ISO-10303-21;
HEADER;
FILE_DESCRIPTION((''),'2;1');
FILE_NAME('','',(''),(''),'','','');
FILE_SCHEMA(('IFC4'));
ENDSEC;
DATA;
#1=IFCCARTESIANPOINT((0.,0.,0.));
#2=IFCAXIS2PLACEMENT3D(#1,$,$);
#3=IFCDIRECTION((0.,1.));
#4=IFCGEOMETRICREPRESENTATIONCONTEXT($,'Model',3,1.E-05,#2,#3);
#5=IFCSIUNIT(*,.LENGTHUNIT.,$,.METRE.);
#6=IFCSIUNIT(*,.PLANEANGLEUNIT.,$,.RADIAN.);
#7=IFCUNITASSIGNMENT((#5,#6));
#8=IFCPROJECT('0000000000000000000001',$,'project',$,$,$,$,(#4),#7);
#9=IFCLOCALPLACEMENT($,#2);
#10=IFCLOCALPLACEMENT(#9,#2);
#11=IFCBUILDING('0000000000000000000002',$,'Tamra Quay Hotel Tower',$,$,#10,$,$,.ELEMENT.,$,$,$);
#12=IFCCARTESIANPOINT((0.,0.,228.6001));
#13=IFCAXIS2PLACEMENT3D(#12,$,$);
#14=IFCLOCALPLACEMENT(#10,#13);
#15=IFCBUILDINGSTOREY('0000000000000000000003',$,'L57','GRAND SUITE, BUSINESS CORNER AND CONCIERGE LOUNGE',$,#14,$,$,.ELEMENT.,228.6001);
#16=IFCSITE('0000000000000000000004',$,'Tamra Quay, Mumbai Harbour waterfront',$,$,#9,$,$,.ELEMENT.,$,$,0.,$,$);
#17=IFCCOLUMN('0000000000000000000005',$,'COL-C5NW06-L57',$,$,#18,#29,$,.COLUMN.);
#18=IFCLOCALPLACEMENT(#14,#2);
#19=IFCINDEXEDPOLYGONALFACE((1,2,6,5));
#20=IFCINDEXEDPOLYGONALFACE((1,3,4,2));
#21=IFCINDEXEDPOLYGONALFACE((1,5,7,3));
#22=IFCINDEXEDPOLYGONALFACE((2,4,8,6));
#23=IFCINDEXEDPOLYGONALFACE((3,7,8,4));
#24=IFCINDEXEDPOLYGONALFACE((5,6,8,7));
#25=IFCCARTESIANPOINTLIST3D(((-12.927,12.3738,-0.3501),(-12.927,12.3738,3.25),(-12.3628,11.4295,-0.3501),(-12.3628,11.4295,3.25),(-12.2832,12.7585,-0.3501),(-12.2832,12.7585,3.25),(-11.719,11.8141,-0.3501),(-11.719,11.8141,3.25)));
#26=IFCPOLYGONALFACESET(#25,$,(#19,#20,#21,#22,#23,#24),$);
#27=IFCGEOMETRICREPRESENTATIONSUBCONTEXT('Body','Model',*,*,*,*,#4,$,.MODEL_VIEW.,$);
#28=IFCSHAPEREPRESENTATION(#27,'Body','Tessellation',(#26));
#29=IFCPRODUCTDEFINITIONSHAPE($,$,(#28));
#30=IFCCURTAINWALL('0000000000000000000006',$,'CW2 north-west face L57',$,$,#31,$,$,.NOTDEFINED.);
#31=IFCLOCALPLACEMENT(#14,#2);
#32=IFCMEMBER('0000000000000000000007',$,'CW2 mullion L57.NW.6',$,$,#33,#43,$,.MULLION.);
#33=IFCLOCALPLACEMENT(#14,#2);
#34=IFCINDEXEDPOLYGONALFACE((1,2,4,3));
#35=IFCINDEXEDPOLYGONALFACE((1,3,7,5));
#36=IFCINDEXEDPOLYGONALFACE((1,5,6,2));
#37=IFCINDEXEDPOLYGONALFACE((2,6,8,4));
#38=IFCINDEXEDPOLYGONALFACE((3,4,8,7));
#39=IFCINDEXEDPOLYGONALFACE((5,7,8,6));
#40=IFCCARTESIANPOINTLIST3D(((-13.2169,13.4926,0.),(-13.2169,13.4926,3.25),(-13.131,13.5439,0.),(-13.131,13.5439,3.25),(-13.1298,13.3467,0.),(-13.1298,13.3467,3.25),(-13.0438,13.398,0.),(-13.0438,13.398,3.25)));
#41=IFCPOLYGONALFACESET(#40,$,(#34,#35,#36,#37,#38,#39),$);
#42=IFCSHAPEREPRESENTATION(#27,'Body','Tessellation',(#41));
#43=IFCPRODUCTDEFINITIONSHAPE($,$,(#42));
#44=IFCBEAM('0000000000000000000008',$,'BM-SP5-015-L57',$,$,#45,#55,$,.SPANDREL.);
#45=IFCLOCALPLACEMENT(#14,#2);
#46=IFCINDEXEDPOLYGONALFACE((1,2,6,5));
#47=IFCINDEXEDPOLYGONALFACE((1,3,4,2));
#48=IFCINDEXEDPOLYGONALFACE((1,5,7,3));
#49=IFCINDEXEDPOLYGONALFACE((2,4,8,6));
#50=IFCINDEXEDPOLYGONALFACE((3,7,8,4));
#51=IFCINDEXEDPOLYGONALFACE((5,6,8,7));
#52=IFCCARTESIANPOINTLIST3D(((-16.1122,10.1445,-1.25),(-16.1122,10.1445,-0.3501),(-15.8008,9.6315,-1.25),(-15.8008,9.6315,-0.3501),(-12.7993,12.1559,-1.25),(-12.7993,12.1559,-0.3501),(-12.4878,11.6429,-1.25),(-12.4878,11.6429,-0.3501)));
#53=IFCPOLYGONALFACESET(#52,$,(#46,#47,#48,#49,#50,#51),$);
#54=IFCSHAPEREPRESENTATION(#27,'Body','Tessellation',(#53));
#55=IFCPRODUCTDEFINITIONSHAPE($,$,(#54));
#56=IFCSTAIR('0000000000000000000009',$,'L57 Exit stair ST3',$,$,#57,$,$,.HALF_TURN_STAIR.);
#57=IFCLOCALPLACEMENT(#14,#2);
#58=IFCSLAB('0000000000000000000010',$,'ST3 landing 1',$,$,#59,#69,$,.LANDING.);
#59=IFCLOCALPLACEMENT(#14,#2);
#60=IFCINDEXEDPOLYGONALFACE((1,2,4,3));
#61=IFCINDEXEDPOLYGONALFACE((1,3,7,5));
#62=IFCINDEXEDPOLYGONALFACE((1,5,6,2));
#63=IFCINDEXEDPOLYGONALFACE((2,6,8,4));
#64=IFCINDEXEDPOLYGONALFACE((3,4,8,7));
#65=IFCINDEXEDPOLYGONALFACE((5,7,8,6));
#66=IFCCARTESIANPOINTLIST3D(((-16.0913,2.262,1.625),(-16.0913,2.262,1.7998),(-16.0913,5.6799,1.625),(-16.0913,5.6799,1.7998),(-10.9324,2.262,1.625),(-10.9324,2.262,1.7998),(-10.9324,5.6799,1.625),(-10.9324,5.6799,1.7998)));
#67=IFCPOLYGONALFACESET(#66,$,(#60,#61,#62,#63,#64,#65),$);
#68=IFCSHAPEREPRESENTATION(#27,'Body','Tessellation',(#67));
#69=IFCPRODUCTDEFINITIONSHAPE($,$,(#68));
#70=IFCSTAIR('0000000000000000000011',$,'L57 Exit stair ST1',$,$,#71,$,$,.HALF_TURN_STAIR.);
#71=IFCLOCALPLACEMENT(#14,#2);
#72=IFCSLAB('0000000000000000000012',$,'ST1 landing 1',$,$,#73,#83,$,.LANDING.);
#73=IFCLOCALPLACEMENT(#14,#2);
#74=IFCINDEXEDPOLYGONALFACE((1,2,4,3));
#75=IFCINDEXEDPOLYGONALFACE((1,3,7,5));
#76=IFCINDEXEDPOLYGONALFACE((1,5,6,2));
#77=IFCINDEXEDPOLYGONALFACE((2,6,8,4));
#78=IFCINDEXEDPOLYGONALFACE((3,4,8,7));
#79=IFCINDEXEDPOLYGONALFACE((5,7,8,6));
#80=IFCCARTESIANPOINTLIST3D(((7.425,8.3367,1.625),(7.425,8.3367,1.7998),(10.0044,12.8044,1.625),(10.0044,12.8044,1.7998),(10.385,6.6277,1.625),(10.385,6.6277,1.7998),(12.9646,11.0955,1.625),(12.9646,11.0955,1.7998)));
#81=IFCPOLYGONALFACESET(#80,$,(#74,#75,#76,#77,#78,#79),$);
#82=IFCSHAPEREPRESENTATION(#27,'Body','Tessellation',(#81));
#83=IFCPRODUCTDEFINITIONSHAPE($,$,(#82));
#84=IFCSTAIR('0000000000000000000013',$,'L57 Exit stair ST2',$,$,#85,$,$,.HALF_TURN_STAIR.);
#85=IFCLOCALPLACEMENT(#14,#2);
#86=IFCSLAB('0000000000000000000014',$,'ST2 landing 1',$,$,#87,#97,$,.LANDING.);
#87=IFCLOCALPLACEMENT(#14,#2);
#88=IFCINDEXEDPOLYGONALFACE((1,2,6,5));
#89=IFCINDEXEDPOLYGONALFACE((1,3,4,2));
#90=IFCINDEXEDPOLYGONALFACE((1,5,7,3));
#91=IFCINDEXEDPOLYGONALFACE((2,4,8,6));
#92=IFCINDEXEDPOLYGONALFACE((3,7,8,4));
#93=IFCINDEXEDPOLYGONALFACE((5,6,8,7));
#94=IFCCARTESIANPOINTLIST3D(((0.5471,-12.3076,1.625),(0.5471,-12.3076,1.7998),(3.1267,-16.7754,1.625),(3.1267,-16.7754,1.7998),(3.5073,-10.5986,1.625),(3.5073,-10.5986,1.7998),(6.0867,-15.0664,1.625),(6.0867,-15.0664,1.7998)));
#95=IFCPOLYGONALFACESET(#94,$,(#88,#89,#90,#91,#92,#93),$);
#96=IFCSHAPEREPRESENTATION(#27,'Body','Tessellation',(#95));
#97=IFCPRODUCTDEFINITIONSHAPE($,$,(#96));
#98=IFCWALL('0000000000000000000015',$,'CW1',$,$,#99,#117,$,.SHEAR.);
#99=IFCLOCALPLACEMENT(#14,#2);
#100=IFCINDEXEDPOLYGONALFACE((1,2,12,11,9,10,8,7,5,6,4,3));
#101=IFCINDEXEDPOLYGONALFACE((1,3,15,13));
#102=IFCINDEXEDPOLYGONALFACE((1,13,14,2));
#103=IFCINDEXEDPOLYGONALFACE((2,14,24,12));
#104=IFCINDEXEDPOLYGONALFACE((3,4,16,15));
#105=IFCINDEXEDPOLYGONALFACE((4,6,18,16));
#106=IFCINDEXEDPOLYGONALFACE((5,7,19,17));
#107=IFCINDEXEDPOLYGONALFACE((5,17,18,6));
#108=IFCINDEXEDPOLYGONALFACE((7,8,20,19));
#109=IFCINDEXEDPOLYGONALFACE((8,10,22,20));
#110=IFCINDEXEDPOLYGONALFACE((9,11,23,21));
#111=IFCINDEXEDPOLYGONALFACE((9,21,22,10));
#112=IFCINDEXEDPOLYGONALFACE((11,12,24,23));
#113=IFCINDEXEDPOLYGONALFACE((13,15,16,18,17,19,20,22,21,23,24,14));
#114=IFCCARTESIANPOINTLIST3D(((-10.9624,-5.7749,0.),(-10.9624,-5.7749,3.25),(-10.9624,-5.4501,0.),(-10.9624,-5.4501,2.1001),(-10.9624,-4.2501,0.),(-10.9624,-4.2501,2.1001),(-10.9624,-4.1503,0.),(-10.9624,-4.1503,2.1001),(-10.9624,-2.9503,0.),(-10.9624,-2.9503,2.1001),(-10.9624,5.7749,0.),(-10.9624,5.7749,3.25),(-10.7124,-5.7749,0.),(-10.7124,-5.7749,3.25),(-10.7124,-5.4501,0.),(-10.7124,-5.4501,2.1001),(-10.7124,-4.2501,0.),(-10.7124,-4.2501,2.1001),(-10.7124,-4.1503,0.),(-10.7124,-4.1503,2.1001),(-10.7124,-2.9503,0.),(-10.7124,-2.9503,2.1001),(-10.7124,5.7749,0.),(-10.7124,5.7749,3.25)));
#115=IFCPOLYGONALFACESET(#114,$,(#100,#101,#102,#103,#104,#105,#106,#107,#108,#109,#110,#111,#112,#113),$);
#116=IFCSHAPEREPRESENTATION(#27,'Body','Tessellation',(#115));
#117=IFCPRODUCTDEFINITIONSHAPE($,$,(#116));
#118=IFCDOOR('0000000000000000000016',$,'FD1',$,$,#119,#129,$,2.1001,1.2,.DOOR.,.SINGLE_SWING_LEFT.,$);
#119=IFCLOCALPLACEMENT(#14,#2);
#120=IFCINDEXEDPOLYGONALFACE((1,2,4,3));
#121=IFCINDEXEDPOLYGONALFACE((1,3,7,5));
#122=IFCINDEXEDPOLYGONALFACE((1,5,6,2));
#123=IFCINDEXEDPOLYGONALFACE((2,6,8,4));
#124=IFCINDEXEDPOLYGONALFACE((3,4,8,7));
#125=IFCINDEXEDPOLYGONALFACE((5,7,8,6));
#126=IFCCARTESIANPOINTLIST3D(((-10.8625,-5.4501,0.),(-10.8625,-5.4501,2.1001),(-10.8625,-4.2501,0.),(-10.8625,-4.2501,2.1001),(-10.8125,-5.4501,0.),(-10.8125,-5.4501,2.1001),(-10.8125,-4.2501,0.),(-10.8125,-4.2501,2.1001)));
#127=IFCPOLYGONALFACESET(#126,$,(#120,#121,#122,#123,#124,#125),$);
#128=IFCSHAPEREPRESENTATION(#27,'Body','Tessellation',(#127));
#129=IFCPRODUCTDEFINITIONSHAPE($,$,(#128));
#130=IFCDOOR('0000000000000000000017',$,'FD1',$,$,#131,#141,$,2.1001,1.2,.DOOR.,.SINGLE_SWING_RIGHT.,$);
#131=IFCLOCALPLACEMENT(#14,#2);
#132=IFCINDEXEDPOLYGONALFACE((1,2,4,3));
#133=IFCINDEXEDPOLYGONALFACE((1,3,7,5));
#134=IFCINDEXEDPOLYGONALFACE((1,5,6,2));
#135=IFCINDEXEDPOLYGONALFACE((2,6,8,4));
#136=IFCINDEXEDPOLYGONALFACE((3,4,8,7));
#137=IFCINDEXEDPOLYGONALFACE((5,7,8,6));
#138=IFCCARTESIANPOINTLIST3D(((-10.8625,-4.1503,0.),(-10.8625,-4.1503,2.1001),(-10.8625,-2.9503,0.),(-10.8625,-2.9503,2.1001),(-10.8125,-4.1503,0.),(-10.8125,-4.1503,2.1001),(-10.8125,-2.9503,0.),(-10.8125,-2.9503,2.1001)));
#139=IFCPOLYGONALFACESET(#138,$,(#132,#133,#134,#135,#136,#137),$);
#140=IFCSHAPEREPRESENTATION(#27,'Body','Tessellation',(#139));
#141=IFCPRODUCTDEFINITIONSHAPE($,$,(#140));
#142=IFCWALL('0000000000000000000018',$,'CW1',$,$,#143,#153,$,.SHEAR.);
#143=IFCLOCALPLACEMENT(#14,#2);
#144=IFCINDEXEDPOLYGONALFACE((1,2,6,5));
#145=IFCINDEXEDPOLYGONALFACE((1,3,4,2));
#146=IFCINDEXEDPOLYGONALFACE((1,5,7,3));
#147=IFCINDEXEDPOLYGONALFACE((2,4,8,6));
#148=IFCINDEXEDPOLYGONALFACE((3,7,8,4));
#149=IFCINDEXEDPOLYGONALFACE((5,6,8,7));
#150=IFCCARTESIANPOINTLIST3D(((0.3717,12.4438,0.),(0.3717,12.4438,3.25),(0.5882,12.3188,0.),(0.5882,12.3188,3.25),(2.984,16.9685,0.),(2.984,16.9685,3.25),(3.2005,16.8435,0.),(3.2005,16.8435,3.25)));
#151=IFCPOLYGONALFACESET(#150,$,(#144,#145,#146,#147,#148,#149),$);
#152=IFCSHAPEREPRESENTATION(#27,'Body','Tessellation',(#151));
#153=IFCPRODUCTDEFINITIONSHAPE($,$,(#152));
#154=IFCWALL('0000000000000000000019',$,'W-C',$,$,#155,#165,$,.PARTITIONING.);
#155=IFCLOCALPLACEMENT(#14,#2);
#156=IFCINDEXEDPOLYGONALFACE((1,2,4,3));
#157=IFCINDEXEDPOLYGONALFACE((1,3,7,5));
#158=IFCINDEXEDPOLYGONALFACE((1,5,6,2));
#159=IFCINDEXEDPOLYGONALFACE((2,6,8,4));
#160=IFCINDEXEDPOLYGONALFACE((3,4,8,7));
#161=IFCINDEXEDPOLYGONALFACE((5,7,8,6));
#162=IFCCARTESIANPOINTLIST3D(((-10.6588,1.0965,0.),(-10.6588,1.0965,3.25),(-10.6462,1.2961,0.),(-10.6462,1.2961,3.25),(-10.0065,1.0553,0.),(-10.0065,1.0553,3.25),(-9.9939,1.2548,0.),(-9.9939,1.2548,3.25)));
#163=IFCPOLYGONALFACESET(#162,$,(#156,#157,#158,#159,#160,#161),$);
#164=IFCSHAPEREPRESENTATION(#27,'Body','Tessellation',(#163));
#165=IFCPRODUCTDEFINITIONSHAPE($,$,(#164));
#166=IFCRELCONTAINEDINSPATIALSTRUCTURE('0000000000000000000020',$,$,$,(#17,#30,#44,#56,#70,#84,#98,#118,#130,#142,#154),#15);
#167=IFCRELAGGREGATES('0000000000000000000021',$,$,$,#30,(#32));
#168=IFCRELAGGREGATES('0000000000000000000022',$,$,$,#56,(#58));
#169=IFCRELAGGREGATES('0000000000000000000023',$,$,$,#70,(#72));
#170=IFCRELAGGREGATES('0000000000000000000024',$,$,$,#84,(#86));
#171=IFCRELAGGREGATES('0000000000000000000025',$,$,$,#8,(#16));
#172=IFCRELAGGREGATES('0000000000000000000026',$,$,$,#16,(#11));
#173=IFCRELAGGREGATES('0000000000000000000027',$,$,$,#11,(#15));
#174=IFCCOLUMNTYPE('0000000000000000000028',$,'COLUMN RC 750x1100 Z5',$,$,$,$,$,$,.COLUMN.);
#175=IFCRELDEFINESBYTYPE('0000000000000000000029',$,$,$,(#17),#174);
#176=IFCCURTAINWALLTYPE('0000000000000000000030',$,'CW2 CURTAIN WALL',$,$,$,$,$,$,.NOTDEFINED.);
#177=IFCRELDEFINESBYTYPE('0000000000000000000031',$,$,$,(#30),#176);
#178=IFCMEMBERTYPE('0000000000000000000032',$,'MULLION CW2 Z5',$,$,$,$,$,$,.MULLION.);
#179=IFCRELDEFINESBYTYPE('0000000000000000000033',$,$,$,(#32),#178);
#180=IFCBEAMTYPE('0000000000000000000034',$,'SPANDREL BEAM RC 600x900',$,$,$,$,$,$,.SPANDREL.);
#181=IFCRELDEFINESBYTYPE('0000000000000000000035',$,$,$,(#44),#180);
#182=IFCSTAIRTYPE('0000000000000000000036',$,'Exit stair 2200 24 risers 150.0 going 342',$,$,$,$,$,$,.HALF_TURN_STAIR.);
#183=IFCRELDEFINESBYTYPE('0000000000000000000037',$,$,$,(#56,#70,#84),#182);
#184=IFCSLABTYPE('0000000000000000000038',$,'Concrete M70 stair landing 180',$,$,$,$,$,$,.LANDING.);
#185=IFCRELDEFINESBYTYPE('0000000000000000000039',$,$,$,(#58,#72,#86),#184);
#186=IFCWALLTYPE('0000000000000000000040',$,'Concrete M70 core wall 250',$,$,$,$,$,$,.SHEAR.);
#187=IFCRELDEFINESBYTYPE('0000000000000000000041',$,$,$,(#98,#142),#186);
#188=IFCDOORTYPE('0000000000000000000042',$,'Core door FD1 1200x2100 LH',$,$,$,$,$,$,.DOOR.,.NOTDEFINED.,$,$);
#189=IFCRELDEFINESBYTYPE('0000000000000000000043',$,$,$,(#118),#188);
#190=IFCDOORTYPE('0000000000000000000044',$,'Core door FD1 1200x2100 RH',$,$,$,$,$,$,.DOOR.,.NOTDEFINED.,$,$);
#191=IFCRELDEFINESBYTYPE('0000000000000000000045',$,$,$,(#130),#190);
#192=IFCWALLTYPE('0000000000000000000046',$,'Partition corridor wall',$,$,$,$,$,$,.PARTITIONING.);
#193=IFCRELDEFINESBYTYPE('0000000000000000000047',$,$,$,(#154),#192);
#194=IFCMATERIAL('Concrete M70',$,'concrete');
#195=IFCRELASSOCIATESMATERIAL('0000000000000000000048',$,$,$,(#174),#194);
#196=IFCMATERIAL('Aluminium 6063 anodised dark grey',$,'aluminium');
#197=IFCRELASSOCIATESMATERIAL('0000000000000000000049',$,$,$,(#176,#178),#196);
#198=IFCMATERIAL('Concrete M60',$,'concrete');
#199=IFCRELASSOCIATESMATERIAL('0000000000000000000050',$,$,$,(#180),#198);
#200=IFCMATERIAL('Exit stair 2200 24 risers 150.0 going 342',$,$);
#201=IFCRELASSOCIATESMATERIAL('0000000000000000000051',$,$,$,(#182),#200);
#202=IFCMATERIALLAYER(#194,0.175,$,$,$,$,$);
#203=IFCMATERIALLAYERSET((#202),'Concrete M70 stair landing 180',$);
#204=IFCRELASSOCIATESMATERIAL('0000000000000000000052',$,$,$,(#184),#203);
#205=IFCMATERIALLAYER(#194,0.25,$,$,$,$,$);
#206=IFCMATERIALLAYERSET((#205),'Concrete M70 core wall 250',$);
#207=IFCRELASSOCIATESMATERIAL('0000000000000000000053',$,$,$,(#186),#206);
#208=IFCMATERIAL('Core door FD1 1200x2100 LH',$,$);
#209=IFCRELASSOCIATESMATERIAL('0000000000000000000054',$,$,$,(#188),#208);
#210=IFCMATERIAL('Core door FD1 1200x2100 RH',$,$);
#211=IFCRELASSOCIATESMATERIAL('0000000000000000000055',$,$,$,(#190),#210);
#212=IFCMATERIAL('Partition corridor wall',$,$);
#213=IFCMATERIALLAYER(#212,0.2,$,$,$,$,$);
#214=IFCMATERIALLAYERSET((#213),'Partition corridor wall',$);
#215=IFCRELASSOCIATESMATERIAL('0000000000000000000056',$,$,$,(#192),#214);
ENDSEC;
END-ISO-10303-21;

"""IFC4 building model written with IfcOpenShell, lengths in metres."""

from ifc_helpers import new_model, si_unit, direction, frame, frame_2d, origin, origin_2d, place, context, subcontext, project, spatial, polyline, rectangle, outline, extrude, material, layer, layer_set, material_profile, profile_set, type_object, element, fill, aggregate, save


model = new_model("IFC4")

# Units and contexts
model_context = context("Model", 3, precision=1e-05, world=origin(), true_north=direction((0.0, 1.0)))
body_context = subcontext(model_context, "Body", "Model", "MODEL_VIEW")
ifc_project = project(units=[si_unit("LENGTHUNIT", "METRE"), si_unit("PLANEANGLEUNIT", "RADIAN")], contexts=[model_context])

# Site, building, storey
site_placement = place(None, origin())
site = spatial("IfcSite", under=ifc_project, at=site_placement, Name="Tamra Quay, Mumbai Harbour waterfront", CompositionType="ELEMENT", RefElevation=0.0)
building_placement = place(site_placement, origin())
building = spatial("IfcBuilding", under=site, at=building_placement, Name="Tamra Quay Hotel Tower", CompositionType="ELEMENT")
storey_placement = place(building_placement, frame((0.0, 0.0, 228.6001)))
storey = spatial("IfcBuildingStorey", under=building, at=storey_placement, Name="L57", Description="GRAND SUITE, BUSINESS CORNER AND CONCIERGE LOUNGE", CompositionType="ELEMENT", Elevation=228.6001)

# Column
ifc_material_1 = material(Name="Concrete M70", Category="concrete")
ifc_material_profile_1 = material_profile(ifc_material_1, rectangle(XDim=1.1001, YDim=0.75, at=origin_2d()), Name="COLUMN RC 750x1100 Z5")
ifc_profile_set_1 = profile_set([ifc_material_profile_1], Name="Concrete M70")
column_type = type_object("IfcColumnType", Name="COLUMN RC 750x1100 Z5", PredefinedType="COLUMN", material=ifc_profile_set_1)
column_placement = place(storey_placement, frame((-12.323, 12.094, -0.3501), z_axis=(0.0, 0.0, 1.0), x_axis=(-0.512899, 0.858449, 0.0)))
element("IfcColumn", 1, at=column_placement, inside=storey, type_object=column_type, Name="COL-C5NW06-L57", PredefinedType="COLUMN", context=body_context, shape_type="SweptSolid", body=[
    extrude(rectangle(XDim=1.1001, YDim=0.75, at=origin_2d()), origin(), (0.0, 0.0, 1.0), 3.6001),
])

# Curtain wall, member
ifc_material_2 = material(Name="Aluminium 6063 anodised dark grey", Category="aluminium")
curtain_wall_type = type_object("IfcCurtainWallType", Name="CW2 CURTAIN WALL", PredefinedType="NOTDEFINED", material=ifc_material_2)
curtain_wall_placement = place(storey_placement, origin())
curtain_wall = element("IfcCurtainWall", 2, at=curtain_wall_placement, inside=storey, type_object=curtain_wall_type, Name="CW2 north-west face L57", PredefinedType="NOTDEFINED")
ifc_material_profile_2 = material_profile(ifc_material_2, rectangle(XDim=0.1699, YDim=0.1001, at=origin_2d()), Name="MULLION 100X170")
ifc_profile_set_2 = profile_set([ifc_material_profile_2], Name="Aluminium 6063 anodised dark grey")
member_type = type_object("IfcMemberType", Name="MULLION CW2 Z5", PredefinedType="MULLION", material=ifc_profile_set_2)
member_placement = place(storey_placement, frame((-13.1304, 13.4453, 0.0), z_axis=(0.0, 0.0, 1.0), x_axis=(-0.512687, 0.858575, 0.0)))
member = element("IfcMember", 3, at=member_placement, type_object=member_type, Name="CW2 mullion L57.NW.6", PredefinedType="MULLION", context=body_context, shape_type="SweptSolid", body=[
    extrude(rectangle(XDim=0.1699, YDim=0.1001, at=origin_2d()), origin(), (0.0, 0.0, 1.0), 3.25),
])
aggregate(curtain_wall, [member])

# Beam
ifc_material_3 = material(Name="Concrete M60", Category="concrete")
ifc_material_profile_3 = material_profile(ifc_material_3, rectangle(XDim=0.6001, YDim=0.8999, at=origin_2d()), Name="SPANDREL BEAM RC 600x900")
ifc_profile_set_3 = profile_set([ifc_material_profile_3], Name="Concrete M60")
beam_type = type_object("IfcBeamType", Name="SPANDREL BEAM RC 600x900", PredefinedType="SPANDREL", material=ifc_profile_set_3)
beam_placement = place(storey_placement, frame((-12.6436, 11.8994, -0.8), z_axis=(-0.854786, -0.518981, 0.0), x_axis=(0.518981, -0.854786, 0.0)))
element("IfcBeam", 4, at=beam_placement, inside=storey, type_object=beam_type, Name="BM-SP5-015-L57", PredefinedType="SPANDREL", context=body_context, shape_type="SweptSolid", body=[
    extrude(rectangle(XDim=0.6001, YDim=0.8999, at=origin_2d()), origin(), (0.0, 0.0, 1.0), 3.8757),
])

# Stairs, slabs
ifc_material_4 = material(Name="Exit stair 2200 24 risers 150.0 going 342")
stair_type = type_object("IfcStairType", Name="Exit stair 2200 24 risers 150.0 going 342", PredefinedType="HALF_TURN_STAIR", material=ifc_material_4)
stair_1_placement = place(storey_placement, origin())
stair_1 = element("IfcStair", 5, at=stair_1_placement, inside=storey, type_object=stair_type, Name="L57 Exit stair ST3", PredefinedType="HALF_TURN_STAIR")
ifc_layer_1 = layer(ifc_material_1, 0.175)
ifc_layer_set_1 = layer_set([ifc_layer_1], Name="Concrete M70 stair landing 180")
slab_type = type_object("IfcSlabType", Name="Concrete M70 stair landing 180", PredefinedType="LANDING", material=ifc_layer_set_1)
slab_1_placement = place(storey_placement, frame((0.0, 0.0, 1.625)))
slab_1 = element("IfcSlab", 6, at=slab_1_placement, type_object=slab_type, Name="ST3 landing 1", PredefinedType="LANDING", context=body_context, shape_type="SweptSolid", body=[
    extrude(outline(polyline([(-10.9324, 2.262), (-10.9324, 5.6799), (-16.0913, 5.6799), (-16.0913, 2.262), (-10.9324, 2.262)])), origin(), (0.0, 0.0, 1.0), 0.1748),
])
aggregate(stair_1, [slab_1])
stair_2_placement = place(storey_placement, origin())
stair_2 = element("IfcStair", 7, at=stair_2_placement, inside=storey, type_object=stair_type, Name="L57 Exit stair ST1", PredefinedType="HALF_TURN_STAIR")
slab_2_placement = place(storey_placement, frame((0.0, 0.0, 1.625)))
slab_2 = element("IfcSlab", 8, at=slab_2_placement, type_object=slab_type, Name="ST1 landing 1", PredefinedType="LANDING", context=body_context, shape_type="SweptSolid", body=[
    extrude(outline(polyline([(7.425, 8.3367), (10.385, 6.6277), (12.9646, 11.0955), (10.0044, 12.8044), (7.425, 8.3367)])), origin(), (0.0, 0.0, 1.0), 0.1748),
])
aggregate(stair_2, [slab_2])
stair_3_placement = place(storey_placement, origin())
stair_3 = element("IfcStair", 9, at=stair_3_placement, inside=storey, type_object=stair_type, Name="L57 Exit stair ST2", PredefinedType="HALF_TURN_STAIR")
slab_3_placement = place(storey_placement, frame((0.0, 0.0, 1.625)))
slab_3 = element("IfcSlab", 10, at=slab_3_placement, type_object=slab_type, Name="ST2 landing 1", PredefinedType="LANDING", context=body_context, shape_type="SweptSolid", body=[
    extrude(outline(polyline([(3.5073, -10.5986), (0.5471, -12.3076), (3.1267, -16.7754), (6.0867, -15.0664), (3.5073, -10.5986)])), origin(), (0.0, 0.0, 1.0), 0.1748),
])
aggregate(stair_3, [slab_3])

# Wall, openings, doors
ifc_layer_2 = layer(ifc_material_1, 0.25)
ifc_layer_set_2 = layer_set([ifc_layer_2], Name="Concrete M70 core wall 250")
wall_type_1 = type_object("IfcWallType", Name="Concrete M70 core wall 250", PredefinedType="SHEAR", material=ifc_layer_set_2)
wall_1_placement = place(storey_placement, frame((-10.8374, 5.7749, 0.0), z_axis=(0.0, 0.0, 1.0), x_axis=(0.0, -1.0, 0.0)))
wall_1 = element("IfcWall", 11, at=wall_1_placement, inside=storey, type_object=wall_type_1, Name="CW1", PredefinedType="SHEAR", context=body_context, shape_type="SweptSolid", body=[
    extrude(rectangle(XDim=11.5498, YDim=0.25, at=frame_2d((5.7749, 0.0))), origin(), (0.0, 0.0, 1.0), 3.25),
])
opening_1_placement = place(wall_1_placement, frame((10.0249, 0.0, 0.0)))
opening_1 = element("IfcOpeningElement", 12, at=opening_1_placement, cuts=wall_1, PredefinedType="OPENING", context=body_context, shape_type="SweptSolid", body=[
    extrude(rectangle(XDim=1.2, YDim=2.1001, at=frame_2d((0.6001, 1.05))), frame((0.0, 0.135, 0.0), z_axis=(0.0, -1.0, 0.0), x_axis=(1.0, 0.0, 0.0)), (0.0, 0.0, 1.0), 0.27),
])
opening_2_placement = place(wall_1_placement, frame((8.7251, 0.0, 0.0)))
opening_2 = element("IfcOpeningElement", 13, at=opening_2_placement, cuts=wall_1, PredefinedType="OPENING", context=body_context, shape_type="SweptSolid", body=[
    extrude(rectangle(XDim=1.2, YDim=2.1001, at=frame_2d((0.6001, 1.05))), frame((0.0, 0.135, 0.0), z_axis=(0.0, -1.0, 0.0), x_axis=(1.0, 0.0, 0.0)), (0.0, 0.0, 1.0), 0.27),
])
ifc_material_5 = material(Name="Core door FD1 1200x2100 LH")
door_type_1 = type_object("IfcDoorType", Name="Core door FD1 1200x2100 LH", OperationType="NOTDEFINED", PredefinedType="DOOR", material=ifc_material_5)
door_1_placement = place(opening_1_placement, origin())
door_1 = element("IfcDoor", 14, at=door_1_placement, inside=storey, type_object=door_type_1, Name="FD1", OperationType="SINGLE_SWING_LEFT", OverallHeight=2.1001, OverallWidth=1.2, PredefinedType="DOOR", context=body_context, shape_type="SweptSolid", body=[
    extrude(rectangle(XDim=1.2, YDim=2.1001, at=frame_2d((0.6001, 1.05))), frame((0.0, 0.0249, 0.0), z_axis=(0.0, -1.0, 0.0), x_axis=(1.0, 0.0, 0.0)), (0.0, 0.0, 1.0), 0.05),
])
fill(opening_1, door_1)
ifc_material_6 = material(Name="Core door FD1 1200x2100 RH")
door_type_2 = type_object("IfcDoorType", Name="Core door FD1 1200x2100 RH", OperationType="NOTDEFINED", PredefinedType="DOOR", material=ifc_material_6)
door_2_placement = place(opening_2_placement, origin())
door_2 = element("IfcDoor", 15, at=door_2_placement, inside=storey, type_object=door_type_2, Name="FD1", OperationType="SINGLE_SWING_RIGHT", OverallHeight=2.1001, OverallWidth=1.2, PredefinedType="DOOR", context=body_context, shape_type="SweptSolid", body=[
    extrude(rectangle(XDim=1.2, YDim=2.1001, at=frame_2d((0.6001, 1.05))), frame((0.0, 0.0249, 0.0), z_axis=(0.0, -1.0, 0.0), x_axis=(1.0, 0.0, 0.0)), (0.0, 0.0, 1.0), 0.05),
])
fill(opening_2, door_2)

# Walls
wall_2_placement = place(storey_placement, frame((0.48, 12.3813, 0.0), z_axis=(0.0, 0.0, 1.0), x_axis=(0.499999, 0.866026, 0.0)))
element("IfcWall", 16, at=wall_2_placement, inside=storey, type_object=wall_type_1, Name="CW1", PredefinedType="SHEAR", context=body_context, shape_type="SweptSolid", body=[
    extrude(rectangle(XDim=5.2246, YDim=0.25, at=frame_2d((2.6123, 0.0))), origin(), (0.0, 0.0, 1.0), 3.25),
])
ifc_material_7 = material(Name="Partition corridor wall")
ifc_layer_3 = layer(ifc_material_7, 0.2)
ifc_layer_set_3 = layer_set([ifc_layer_3], Name="Partition corridor wall")
wall_type_2 = type_object("IfcWallType", Name="Partition corridor wall", PredefinedType="PARTITIONING", material=ifc_layer_set_3)
wall_3_placement = place(storey_placement, frame((-10.6523, 1.1963, 0.0), z_axis=(0.0, 0.0, 1.0), x_axis=(0.998006, -0.063122, 0.0)))
element("IfcWall", 17, at=wall_3_placement, inside=storey, type_object=wall_type_2, Name="W-C", PredefinedType="PARTITIONING", context=body_context, shape_type="SweptSolid", body=[
    extrude(rectangle(XDim=0.6536, YDim=0.2, at=frame_2d((0.3267, 0.0))), origin(), (0.0, 0.0, 1.0), 3.25),
])

save(model, "model.ifc")
